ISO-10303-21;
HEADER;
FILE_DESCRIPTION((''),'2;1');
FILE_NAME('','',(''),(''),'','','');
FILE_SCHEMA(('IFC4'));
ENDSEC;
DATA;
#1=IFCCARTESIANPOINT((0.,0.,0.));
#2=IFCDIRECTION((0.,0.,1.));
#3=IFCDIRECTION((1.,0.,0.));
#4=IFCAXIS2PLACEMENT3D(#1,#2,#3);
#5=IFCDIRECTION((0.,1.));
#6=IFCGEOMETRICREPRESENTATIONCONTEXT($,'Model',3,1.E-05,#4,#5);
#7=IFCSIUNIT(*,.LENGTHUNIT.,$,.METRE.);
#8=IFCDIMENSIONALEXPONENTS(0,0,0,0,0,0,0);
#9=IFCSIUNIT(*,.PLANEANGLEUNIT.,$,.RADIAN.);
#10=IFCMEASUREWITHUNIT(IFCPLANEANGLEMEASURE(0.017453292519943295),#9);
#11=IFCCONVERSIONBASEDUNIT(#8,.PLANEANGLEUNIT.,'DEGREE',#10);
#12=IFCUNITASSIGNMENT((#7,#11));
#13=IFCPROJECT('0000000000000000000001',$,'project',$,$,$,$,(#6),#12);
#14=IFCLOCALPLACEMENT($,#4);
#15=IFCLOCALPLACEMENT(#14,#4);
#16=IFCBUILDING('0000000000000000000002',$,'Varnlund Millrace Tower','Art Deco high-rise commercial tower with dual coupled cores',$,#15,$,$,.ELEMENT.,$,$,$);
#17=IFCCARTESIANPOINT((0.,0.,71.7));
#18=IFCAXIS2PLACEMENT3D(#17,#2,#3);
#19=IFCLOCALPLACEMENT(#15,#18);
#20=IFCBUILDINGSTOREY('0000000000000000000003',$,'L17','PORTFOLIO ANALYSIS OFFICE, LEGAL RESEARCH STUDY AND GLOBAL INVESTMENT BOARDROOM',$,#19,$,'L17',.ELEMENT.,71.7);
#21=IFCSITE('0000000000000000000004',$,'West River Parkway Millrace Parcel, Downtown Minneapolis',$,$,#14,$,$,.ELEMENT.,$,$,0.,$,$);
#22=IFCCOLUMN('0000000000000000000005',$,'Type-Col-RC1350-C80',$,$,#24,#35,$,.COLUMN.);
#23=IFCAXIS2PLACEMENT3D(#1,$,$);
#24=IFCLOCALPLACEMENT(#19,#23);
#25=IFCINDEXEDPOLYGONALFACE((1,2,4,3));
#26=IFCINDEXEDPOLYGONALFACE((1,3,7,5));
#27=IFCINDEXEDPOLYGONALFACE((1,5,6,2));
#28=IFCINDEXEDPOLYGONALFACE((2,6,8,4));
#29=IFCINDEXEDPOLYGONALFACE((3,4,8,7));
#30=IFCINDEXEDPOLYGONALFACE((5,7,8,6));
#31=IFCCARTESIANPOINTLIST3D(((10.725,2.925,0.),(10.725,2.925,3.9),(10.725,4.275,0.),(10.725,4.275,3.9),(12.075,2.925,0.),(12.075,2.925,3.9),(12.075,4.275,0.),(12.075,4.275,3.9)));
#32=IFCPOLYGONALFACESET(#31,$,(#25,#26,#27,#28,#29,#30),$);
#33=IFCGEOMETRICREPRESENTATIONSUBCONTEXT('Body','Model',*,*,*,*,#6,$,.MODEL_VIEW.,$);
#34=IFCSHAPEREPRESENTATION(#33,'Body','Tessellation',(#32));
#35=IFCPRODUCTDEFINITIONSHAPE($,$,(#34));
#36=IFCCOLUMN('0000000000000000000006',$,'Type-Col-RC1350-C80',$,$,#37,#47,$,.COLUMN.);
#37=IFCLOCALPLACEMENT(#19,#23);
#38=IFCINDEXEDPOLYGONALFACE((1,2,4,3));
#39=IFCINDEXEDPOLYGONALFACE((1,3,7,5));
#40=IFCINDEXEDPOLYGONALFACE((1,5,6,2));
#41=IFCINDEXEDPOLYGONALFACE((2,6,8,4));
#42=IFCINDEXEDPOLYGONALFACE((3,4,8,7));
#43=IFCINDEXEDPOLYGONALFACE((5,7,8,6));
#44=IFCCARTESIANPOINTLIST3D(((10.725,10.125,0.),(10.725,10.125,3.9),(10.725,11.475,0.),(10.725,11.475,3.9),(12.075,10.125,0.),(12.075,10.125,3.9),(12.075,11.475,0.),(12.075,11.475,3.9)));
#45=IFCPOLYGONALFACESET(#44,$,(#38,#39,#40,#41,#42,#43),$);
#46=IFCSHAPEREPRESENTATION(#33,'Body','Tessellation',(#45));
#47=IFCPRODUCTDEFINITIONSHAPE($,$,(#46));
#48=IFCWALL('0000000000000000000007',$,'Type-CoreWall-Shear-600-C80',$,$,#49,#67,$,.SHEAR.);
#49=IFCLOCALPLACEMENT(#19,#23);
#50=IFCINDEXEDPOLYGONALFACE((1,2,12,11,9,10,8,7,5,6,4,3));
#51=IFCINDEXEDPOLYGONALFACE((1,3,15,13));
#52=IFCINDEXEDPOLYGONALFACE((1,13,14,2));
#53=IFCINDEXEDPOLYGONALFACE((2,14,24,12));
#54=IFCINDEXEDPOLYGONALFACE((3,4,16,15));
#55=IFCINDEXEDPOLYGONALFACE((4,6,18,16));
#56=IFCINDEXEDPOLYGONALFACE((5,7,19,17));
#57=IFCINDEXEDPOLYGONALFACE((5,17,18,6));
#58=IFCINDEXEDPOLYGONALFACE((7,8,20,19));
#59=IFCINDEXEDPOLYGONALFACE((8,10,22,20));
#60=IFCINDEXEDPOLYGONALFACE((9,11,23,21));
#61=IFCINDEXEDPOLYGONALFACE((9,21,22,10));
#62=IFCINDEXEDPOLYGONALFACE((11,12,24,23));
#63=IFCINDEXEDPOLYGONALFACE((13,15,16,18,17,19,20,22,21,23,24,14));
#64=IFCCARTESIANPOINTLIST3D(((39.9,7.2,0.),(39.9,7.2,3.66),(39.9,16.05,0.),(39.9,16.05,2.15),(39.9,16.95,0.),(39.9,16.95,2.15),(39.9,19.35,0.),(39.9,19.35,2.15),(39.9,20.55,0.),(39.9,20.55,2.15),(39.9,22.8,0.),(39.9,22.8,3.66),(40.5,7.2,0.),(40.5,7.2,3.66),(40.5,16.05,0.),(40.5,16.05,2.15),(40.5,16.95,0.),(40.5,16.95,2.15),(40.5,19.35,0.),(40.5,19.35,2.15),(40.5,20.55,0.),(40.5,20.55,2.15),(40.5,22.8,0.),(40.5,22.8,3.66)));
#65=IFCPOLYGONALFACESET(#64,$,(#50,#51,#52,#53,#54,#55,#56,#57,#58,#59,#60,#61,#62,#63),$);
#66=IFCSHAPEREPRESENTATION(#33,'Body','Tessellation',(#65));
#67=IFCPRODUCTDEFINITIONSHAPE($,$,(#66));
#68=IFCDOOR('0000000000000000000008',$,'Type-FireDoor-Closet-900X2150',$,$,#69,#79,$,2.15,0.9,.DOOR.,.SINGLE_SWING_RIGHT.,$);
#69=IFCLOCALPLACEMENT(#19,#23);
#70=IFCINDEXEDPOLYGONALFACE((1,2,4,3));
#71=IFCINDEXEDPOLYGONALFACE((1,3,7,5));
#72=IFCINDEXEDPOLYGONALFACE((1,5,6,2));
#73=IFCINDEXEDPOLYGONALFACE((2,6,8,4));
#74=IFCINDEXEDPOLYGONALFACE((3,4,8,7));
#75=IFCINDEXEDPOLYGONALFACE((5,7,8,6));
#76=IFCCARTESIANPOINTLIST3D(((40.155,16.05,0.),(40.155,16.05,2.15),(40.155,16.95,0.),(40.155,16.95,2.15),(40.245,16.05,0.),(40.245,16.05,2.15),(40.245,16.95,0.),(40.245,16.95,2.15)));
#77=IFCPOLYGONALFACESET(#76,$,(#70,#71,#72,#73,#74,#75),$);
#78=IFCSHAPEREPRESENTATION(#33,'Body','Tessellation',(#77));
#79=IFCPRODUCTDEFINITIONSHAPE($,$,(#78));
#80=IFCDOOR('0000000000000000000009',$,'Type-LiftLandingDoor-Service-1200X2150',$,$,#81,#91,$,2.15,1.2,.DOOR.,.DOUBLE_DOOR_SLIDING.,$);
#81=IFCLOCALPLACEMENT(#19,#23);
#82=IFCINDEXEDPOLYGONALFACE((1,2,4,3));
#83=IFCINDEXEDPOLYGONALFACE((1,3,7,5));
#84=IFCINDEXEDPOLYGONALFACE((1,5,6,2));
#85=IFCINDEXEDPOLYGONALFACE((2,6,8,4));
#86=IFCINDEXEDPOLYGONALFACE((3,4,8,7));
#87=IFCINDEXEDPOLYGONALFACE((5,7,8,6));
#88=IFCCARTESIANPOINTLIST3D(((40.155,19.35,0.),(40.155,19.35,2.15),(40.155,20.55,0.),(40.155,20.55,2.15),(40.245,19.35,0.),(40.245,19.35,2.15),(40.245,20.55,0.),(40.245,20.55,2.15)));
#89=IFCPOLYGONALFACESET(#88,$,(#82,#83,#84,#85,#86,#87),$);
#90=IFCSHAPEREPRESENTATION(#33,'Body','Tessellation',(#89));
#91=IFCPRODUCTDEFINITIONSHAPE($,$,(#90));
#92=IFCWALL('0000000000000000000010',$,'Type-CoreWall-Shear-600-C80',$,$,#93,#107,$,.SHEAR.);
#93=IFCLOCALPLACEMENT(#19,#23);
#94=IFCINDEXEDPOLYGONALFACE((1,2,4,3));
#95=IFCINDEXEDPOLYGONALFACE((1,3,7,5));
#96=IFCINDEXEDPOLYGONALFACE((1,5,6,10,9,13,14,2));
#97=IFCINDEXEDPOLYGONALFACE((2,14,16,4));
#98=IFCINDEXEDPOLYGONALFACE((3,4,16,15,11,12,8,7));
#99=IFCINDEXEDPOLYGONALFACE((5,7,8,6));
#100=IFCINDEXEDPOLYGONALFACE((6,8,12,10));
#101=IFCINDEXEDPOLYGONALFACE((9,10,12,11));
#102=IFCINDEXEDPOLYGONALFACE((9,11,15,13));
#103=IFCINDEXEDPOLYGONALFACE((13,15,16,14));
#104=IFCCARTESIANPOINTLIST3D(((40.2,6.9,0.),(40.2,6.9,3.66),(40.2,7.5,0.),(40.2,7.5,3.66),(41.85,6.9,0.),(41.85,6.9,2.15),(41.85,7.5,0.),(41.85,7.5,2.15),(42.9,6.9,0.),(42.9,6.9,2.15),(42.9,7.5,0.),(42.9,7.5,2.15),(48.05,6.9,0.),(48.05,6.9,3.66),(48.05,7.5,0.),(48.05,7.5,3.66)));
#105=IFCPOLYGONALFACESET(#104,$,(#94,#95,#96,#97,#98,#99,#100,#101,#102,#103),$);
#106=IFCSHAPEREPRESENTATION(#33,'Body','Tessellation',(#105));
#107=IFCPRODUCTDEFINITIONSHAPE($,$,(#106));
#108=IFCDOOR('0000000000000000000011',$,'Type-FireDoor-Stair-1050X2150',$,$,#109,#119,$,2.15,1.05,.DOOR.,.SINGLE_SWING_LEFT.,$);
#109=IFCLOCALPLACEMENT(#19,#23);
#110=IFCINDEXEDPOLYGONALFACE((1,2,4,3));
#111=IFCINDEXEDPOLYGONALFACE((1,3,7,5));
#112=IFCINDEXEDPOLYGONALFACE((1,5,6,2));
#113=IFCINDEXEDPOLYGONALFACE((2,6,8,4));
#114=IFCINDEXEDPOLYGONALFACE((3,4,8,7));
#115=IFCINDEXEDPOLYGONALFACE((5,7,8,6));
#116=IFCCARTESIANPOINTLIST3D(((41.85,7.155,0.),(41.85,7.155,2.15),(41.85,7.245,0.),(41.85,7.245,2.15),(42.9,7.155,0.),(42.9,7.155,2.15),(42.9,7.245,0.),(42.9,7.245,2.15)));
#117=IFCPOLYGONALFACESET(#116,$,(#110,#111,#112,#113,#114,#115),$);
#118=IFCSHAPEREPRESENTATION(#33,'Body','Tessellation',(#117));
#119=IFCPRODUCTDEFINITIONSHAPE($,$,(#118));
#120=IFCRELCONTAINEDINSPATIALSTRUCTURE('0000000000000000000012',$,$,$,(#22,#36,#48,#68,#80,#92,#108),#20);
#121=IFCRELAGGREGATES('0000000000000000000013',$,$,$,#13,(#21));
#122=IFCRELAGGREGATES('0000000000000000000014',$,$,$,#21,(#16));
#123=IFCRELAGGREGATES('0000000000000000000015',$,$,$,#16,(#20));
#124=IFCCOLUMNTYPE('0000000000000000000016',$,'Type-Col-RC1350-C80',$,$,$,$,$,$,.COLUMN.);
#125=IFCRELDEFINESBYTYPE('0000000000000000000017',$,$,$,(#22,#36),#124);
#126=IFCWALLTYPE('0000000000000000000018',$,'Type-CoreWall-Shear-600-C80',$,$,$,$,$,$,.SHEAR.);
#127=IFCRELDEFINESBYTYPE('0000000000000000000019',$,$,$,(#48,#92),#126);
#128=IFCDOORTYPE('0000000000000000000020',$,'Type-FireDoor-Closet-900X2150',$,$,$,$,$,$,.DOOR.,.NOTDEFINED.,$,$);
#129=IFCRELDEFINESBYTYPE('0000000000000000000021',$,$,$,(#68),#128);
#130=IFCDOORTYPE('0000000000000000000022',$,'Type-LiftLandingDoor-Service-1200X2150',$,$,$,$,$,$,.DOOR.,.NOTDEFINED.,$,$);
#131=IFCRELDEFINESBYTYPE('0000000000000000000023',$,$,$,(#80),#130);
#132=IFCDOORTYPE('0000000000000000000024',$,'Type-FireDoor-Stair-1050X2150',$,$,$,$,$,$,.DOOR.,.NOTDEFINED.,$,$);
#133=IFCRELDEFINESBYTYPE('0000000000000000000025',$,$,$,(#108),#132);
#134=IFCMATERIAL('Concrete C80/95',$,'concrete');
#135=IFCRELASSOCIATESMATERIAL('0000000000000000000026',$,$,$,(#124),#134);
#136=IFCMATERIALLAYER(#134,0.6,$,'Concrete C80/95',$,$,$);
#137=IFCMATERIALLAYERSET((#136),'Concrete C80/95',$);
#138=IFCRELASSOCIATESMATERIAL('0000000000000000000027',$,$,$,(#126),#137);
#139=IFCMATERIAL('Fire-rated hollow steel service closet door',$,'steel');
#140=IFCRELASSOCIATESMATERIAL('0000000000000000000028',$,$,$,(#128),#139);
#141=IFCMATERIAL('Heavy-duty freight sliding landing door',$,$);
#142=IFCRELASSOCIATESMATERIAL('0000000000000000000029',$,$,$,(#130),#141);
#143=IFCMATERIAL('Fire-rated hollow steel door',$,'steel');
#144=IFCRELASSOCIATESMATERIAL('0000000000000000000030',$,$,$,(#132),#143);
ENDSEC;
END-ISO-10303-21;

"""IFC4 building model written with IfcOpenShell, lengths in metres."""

from ifc_helpers import new_model, entity, si_unit, converted_unit, direction, frame, origin_with_axes, origin_2d_with_axis, place, context, subcontext, project, spatial, polyline, rectangle, outline, extrude, material, layer, layer_set, material_profile, profile_set, type_object, element, fill, save


model = new_model("IFC4")

# Units and contexts
model_context = context("Model", 3, precision=1e-05, world=origin_with_axes(), true_north=direction((0.0, 1.0)))
body_context = subcontext(model_context, "Body", "Model", "MODEL_VIEW")
ifc_project = project(units=[si_unit("LENGTHUNIT", "METRE"), converted_unit("PLANEANGLEUNIT", "DEGREE", entity("IfcPlaneAngleMeasure", 0.017453292519943295), si_unit("PLANEANGLEUNIT", "RADIAN"), dimensions=[0, 0, 0, 0, 0, 0, 0])], contexts=[model_context])

# Site, building, storey
site_placement = place(None, origin_with_axes())
site = spatial("IfcSite", under=ifc_project, at=site_placement, Name="West River Parkway Millrace Parcel, Downtown Minneapolis", CompositionType="ELEMENT", RefElevation=0.0)
building_placement = place(site_placement, origin_with_axes())
building = spatial("IfcBuilding", under=site, at=building_placement, Name="Varnlund Millrace Tower", Description="Art Deco high-rise commercial tower with dual coupled cores", CompositionType="ELEMENT")
storey_placement = place(building_placement, frame((0.0, 0.0, 71.7), z_axis=(0.0, 0.0, 1.0), x_axis=(1.0, 0.0, 0.0)))
storey = spatial("IfcBuildingStorey", under=building, at=storey_placement, Name="L17", Description="PORTFOLIO ANALYSIS OFFICE, LEGAL RESEARCH STUDY AND GLOBAL INVESTMENT BOARDROOM", LongName="L17", CompositionType="ELEMENT", Elevation=71.7)

# Columns
ifc_material_1 = material(Name="Concrete C80/95", Category="concrete")
ifc_material_profile = material_profile(ifc_material_1, rectangle(XDim=1.35, YDim=1.35, at=origin_2d_with_axis()), Name="Concrete C80/95")
ifc_profile_set = profile_set([ifc_material_profile], Name="Concrete C80/95")
column_type = type_object("IfcColumnType", Name="Type-Col-RC1350-C80", PredefinedType="COLUMN", material=ifc_profile_set)
for number, where, z_axis, x_axis, name in (
    (1, (11.4, 3.6, 0.0), (0.0, 0.0, 1.0), (1.0, 0.0, 0.0), "Type-Col-RC1350-C80"),
    (2, (11.4, 10.8, 0.0), (0.0, 0.0, 1.0), (1.0, 0.0, 0.0), "Type-Col-RC1350-C80"),
):
    element("IfcColumn", number, at=place(storey_placement, frame(where, z_axis=z_axis, x_axis=x_axis)), inside=storey, type_object=column_type, Name=name, PredefinedType="COLUMN", context=body_context, shape_type="SweptSolid", body=[
        extrude(rectangle(XDim=1.35, YDim=1.35, at=origin_2d_with_axis()), origin_with_axes(), (0.0, 0.0, 1.0), 3.9),
    ])

# Wall, openings, doors
ifc_layer_1 = layer(ifc_material_1, 0.6, Name="Concrete C80/95")
ifc_layer_set_1 = layer_set([ifc_layer_1], Name="Concrete C80/95")
wall_type_1 = type_object("IfcWallType", Name="Type-CoreWall-Shear-600-C80", PredefinedType="SHEAR", material=ifc_layer_set_1)
wall_1_placement = place(storey_placement, frame((40.2, 7.2, 0.0), z_axis=(0.0, 0.0, 1.0), x_axis=(0.0, 1.0, 0.0)))
wall_1 = element("IfcWall", 3, at=wall_1_placement, inside=storey, type_object=wall_type_1, Name="Type-CoreWall-Shear-600-C80", PredefinedType="SHEAR", context=body_context, shape_type="SweptSolid", body=[
    extrude(outline(polyline([(0.0, -0.3), (15.6, -0.3), (15.6, 0.3), (0.0, 0.3), (0.0, -0.3)])), origin_with_axes(), (0.0, 0.0, 1.0), 3.66),
])
opening_1_placement = place(wall_1_placement, frame((12.75, 0.0, 0.0), z_axis=(0.0, 0.0, 1.0), x_axis=(1.0, 0.0, 0.0)))
opening_1 = element("IfcOpeningElement", 4, at=opening_1_placement, cuts=wall_1, PredefinedType="OPENING", context=body_context, shape_type="SweptSolid", body=[
    extrude(rectangle(XDim=1.2, YDim=0.62, at=origin_2d_with_axis()), origin_with_axes(), (0.0, 0.0, 1.0), 2.15),
])
opening_2_placement = place(wall_1_placement, frame((9.3, 0.0, 0.0), z_axis=(0.0, 0.0, 1.0), x_axis=(1.0, 0.0, 0.0)))
opening_2 = element("IfcOpeningElement", 5, at=opening_2_placement, cuts=wall_1, PredefinedType="OPENING", context=body_context, shape_type="SweptSolid", body=[
    extrude(rectangle(XDim=0.9, YDim=0.62, at=origin_2d_with_axis()), origin_with_axes(), (0.0, 0.0, 1.0), 2.15),
])
ifc_material_2 = material(Name="Fire-rated hollow steel service closet door", Category="steel")
door_type_1 = type_object("IfcDoorType", Name="Type-FireDoor-Closet-900X2150", OperationType="NOTDEFINED", PredefinedType="DOOR", material=ifc_material_2)
door_1_placement = place(wall_1_placement, frame((9.3, 0.0, 0.0), z_axis=(0.0, 0.0, 1.0), x_axis=(1.0, 0.0, 0.0)))
door_1 = element("IfcDoor", 6, at=door_1_placement, inside=storey, type_object=door_type_1, Name="Type-FireDoor-Closet-900X2150", OperationType="SINGLE_SWING_RIGHT", OverallHeight=2.15, OverallWidth=0.9, PredefinedType="DOOR", context=body_context, shape_type="SweptSolid", body=[
    extrude(rectangle(XDim=0.9, YDim=0.09, at=origin_2d_with_axis()), origin_with_axes(), (0.0, 0.0, 1.0), 2.15),
])
fill(opening_2, door_1)
ifc_material_3 = material(Name="Heavy-duty freight sliding landing door")
door_type_2 = type_object("IfcDoorType", Name="Type-LiftLandingDoor-Service-1200X2150", OperationType="NOTDEFINED", PredefinedType="DOOR", material=ifc_material_3)
door_2_placement = place(wall_1_placement, frame((12.75, 0.0, 0.0), z_axis=(0.0, 0.0, 1.0), x_axis=(1.0, 0.0, 0.0)))
door_2 = element("IfcDoor", 7, at=door_2_placement, inside=storey, type_object=door_type_2, Name="Type-LiftLandingDoor-Service-1200X2150", OperationType="DOUBLE_DOOR_SLIDING", OverallHeight=2.15, OverallWidth=1.2, PredefinedType="DOOR", context=body_context, shape_type="SweptSolid", body=[
    extrude(rectangle(XDim=1.2, YDim=0.09, at=origin_2d_with_axis()), origin_with_axes(), (0.0, 0.0, 1.0), 2.15),
])
fill(opening_1, door_2)

# Wall, opening, door
wall_2_placement = place(storey_placement, frame((40.2, 7.2, 0.0), z_axis=(0.0, 0.0, 1.0), x_axis=(1.0, 0.0, 0.0)))
wall_2 = element("IfcWall", 8, at=wall_2_placement, inside=storey, type_object=wall_type_1, Name="Type-CoreWall-Shear-600-C80", PredefinedType="SHEAR", context=body_context, shape_type="SweptSolid", body=[
    extrude(outline(polyline([(0.0, -0.3), (7.85, -0.3), (7.85, 0.3), (0.0, 0.3), (0.0, -0.3)])), origin_with_axes(), (0.0, 0.0, 1.0), 3.66),
])
opening_3_placement = place(wall_2_placement, frame((2.175, 0.0, 0.0), z_axis=(0.0, 0.0, 1.0), x_axis=(1.0, 0.0, 0.0)))
opening_3 = element("IfcOpeningElement", 9, at=opening_3_placement, cuts=wall_2, PredefinedType="OPENING", context=body_context, shape_type="SweptSolid", body=[
    extrude(rectangle(XDim=1.05, YDim=0.62, at=origin_2d_with_axis()), origin_with_axes(), (0.0, 0.0, 1.0), 2.15),
])
ifc_material_4 = material(Name="Fire-rated hollow steel door", Category="steel")
door_type_3 = type_object("IfcDoorType", Name="Type-FireDoor-Stair-1050X2150", OperationType="NOTDEFINED", PredefinedType="DOOR", material=ifc_material_4)
door_3_placement = place(wall_2_placement, frame((2.175, 0.0, 0.0), z_axis=(0.0, 0.0, 1.0), x_axis=(1.0, 0.0, 0.0)))
door_3 = element("IfcDoor", 10, at=door_3_placement, inside=storey, type_object=door_type_3, Name="Type-FireDoor-Stair-1050X2150", OperationType="SINGLE_SWING_LEFT", OverallHeight=2.15, OverallWidth=1.05, PredefinedType="DOOR", context=body_context, shape_type="SweptSolid", body=[
    extrude(rectangle(XDim=1.05, YDim=0.09, at=origin_2d_with_axis()), origin_with_axes(), (0.0, 0.0, 1.0), 2.15),
])
fill(opening_3, door_3)

save(model, "model.ifc")
